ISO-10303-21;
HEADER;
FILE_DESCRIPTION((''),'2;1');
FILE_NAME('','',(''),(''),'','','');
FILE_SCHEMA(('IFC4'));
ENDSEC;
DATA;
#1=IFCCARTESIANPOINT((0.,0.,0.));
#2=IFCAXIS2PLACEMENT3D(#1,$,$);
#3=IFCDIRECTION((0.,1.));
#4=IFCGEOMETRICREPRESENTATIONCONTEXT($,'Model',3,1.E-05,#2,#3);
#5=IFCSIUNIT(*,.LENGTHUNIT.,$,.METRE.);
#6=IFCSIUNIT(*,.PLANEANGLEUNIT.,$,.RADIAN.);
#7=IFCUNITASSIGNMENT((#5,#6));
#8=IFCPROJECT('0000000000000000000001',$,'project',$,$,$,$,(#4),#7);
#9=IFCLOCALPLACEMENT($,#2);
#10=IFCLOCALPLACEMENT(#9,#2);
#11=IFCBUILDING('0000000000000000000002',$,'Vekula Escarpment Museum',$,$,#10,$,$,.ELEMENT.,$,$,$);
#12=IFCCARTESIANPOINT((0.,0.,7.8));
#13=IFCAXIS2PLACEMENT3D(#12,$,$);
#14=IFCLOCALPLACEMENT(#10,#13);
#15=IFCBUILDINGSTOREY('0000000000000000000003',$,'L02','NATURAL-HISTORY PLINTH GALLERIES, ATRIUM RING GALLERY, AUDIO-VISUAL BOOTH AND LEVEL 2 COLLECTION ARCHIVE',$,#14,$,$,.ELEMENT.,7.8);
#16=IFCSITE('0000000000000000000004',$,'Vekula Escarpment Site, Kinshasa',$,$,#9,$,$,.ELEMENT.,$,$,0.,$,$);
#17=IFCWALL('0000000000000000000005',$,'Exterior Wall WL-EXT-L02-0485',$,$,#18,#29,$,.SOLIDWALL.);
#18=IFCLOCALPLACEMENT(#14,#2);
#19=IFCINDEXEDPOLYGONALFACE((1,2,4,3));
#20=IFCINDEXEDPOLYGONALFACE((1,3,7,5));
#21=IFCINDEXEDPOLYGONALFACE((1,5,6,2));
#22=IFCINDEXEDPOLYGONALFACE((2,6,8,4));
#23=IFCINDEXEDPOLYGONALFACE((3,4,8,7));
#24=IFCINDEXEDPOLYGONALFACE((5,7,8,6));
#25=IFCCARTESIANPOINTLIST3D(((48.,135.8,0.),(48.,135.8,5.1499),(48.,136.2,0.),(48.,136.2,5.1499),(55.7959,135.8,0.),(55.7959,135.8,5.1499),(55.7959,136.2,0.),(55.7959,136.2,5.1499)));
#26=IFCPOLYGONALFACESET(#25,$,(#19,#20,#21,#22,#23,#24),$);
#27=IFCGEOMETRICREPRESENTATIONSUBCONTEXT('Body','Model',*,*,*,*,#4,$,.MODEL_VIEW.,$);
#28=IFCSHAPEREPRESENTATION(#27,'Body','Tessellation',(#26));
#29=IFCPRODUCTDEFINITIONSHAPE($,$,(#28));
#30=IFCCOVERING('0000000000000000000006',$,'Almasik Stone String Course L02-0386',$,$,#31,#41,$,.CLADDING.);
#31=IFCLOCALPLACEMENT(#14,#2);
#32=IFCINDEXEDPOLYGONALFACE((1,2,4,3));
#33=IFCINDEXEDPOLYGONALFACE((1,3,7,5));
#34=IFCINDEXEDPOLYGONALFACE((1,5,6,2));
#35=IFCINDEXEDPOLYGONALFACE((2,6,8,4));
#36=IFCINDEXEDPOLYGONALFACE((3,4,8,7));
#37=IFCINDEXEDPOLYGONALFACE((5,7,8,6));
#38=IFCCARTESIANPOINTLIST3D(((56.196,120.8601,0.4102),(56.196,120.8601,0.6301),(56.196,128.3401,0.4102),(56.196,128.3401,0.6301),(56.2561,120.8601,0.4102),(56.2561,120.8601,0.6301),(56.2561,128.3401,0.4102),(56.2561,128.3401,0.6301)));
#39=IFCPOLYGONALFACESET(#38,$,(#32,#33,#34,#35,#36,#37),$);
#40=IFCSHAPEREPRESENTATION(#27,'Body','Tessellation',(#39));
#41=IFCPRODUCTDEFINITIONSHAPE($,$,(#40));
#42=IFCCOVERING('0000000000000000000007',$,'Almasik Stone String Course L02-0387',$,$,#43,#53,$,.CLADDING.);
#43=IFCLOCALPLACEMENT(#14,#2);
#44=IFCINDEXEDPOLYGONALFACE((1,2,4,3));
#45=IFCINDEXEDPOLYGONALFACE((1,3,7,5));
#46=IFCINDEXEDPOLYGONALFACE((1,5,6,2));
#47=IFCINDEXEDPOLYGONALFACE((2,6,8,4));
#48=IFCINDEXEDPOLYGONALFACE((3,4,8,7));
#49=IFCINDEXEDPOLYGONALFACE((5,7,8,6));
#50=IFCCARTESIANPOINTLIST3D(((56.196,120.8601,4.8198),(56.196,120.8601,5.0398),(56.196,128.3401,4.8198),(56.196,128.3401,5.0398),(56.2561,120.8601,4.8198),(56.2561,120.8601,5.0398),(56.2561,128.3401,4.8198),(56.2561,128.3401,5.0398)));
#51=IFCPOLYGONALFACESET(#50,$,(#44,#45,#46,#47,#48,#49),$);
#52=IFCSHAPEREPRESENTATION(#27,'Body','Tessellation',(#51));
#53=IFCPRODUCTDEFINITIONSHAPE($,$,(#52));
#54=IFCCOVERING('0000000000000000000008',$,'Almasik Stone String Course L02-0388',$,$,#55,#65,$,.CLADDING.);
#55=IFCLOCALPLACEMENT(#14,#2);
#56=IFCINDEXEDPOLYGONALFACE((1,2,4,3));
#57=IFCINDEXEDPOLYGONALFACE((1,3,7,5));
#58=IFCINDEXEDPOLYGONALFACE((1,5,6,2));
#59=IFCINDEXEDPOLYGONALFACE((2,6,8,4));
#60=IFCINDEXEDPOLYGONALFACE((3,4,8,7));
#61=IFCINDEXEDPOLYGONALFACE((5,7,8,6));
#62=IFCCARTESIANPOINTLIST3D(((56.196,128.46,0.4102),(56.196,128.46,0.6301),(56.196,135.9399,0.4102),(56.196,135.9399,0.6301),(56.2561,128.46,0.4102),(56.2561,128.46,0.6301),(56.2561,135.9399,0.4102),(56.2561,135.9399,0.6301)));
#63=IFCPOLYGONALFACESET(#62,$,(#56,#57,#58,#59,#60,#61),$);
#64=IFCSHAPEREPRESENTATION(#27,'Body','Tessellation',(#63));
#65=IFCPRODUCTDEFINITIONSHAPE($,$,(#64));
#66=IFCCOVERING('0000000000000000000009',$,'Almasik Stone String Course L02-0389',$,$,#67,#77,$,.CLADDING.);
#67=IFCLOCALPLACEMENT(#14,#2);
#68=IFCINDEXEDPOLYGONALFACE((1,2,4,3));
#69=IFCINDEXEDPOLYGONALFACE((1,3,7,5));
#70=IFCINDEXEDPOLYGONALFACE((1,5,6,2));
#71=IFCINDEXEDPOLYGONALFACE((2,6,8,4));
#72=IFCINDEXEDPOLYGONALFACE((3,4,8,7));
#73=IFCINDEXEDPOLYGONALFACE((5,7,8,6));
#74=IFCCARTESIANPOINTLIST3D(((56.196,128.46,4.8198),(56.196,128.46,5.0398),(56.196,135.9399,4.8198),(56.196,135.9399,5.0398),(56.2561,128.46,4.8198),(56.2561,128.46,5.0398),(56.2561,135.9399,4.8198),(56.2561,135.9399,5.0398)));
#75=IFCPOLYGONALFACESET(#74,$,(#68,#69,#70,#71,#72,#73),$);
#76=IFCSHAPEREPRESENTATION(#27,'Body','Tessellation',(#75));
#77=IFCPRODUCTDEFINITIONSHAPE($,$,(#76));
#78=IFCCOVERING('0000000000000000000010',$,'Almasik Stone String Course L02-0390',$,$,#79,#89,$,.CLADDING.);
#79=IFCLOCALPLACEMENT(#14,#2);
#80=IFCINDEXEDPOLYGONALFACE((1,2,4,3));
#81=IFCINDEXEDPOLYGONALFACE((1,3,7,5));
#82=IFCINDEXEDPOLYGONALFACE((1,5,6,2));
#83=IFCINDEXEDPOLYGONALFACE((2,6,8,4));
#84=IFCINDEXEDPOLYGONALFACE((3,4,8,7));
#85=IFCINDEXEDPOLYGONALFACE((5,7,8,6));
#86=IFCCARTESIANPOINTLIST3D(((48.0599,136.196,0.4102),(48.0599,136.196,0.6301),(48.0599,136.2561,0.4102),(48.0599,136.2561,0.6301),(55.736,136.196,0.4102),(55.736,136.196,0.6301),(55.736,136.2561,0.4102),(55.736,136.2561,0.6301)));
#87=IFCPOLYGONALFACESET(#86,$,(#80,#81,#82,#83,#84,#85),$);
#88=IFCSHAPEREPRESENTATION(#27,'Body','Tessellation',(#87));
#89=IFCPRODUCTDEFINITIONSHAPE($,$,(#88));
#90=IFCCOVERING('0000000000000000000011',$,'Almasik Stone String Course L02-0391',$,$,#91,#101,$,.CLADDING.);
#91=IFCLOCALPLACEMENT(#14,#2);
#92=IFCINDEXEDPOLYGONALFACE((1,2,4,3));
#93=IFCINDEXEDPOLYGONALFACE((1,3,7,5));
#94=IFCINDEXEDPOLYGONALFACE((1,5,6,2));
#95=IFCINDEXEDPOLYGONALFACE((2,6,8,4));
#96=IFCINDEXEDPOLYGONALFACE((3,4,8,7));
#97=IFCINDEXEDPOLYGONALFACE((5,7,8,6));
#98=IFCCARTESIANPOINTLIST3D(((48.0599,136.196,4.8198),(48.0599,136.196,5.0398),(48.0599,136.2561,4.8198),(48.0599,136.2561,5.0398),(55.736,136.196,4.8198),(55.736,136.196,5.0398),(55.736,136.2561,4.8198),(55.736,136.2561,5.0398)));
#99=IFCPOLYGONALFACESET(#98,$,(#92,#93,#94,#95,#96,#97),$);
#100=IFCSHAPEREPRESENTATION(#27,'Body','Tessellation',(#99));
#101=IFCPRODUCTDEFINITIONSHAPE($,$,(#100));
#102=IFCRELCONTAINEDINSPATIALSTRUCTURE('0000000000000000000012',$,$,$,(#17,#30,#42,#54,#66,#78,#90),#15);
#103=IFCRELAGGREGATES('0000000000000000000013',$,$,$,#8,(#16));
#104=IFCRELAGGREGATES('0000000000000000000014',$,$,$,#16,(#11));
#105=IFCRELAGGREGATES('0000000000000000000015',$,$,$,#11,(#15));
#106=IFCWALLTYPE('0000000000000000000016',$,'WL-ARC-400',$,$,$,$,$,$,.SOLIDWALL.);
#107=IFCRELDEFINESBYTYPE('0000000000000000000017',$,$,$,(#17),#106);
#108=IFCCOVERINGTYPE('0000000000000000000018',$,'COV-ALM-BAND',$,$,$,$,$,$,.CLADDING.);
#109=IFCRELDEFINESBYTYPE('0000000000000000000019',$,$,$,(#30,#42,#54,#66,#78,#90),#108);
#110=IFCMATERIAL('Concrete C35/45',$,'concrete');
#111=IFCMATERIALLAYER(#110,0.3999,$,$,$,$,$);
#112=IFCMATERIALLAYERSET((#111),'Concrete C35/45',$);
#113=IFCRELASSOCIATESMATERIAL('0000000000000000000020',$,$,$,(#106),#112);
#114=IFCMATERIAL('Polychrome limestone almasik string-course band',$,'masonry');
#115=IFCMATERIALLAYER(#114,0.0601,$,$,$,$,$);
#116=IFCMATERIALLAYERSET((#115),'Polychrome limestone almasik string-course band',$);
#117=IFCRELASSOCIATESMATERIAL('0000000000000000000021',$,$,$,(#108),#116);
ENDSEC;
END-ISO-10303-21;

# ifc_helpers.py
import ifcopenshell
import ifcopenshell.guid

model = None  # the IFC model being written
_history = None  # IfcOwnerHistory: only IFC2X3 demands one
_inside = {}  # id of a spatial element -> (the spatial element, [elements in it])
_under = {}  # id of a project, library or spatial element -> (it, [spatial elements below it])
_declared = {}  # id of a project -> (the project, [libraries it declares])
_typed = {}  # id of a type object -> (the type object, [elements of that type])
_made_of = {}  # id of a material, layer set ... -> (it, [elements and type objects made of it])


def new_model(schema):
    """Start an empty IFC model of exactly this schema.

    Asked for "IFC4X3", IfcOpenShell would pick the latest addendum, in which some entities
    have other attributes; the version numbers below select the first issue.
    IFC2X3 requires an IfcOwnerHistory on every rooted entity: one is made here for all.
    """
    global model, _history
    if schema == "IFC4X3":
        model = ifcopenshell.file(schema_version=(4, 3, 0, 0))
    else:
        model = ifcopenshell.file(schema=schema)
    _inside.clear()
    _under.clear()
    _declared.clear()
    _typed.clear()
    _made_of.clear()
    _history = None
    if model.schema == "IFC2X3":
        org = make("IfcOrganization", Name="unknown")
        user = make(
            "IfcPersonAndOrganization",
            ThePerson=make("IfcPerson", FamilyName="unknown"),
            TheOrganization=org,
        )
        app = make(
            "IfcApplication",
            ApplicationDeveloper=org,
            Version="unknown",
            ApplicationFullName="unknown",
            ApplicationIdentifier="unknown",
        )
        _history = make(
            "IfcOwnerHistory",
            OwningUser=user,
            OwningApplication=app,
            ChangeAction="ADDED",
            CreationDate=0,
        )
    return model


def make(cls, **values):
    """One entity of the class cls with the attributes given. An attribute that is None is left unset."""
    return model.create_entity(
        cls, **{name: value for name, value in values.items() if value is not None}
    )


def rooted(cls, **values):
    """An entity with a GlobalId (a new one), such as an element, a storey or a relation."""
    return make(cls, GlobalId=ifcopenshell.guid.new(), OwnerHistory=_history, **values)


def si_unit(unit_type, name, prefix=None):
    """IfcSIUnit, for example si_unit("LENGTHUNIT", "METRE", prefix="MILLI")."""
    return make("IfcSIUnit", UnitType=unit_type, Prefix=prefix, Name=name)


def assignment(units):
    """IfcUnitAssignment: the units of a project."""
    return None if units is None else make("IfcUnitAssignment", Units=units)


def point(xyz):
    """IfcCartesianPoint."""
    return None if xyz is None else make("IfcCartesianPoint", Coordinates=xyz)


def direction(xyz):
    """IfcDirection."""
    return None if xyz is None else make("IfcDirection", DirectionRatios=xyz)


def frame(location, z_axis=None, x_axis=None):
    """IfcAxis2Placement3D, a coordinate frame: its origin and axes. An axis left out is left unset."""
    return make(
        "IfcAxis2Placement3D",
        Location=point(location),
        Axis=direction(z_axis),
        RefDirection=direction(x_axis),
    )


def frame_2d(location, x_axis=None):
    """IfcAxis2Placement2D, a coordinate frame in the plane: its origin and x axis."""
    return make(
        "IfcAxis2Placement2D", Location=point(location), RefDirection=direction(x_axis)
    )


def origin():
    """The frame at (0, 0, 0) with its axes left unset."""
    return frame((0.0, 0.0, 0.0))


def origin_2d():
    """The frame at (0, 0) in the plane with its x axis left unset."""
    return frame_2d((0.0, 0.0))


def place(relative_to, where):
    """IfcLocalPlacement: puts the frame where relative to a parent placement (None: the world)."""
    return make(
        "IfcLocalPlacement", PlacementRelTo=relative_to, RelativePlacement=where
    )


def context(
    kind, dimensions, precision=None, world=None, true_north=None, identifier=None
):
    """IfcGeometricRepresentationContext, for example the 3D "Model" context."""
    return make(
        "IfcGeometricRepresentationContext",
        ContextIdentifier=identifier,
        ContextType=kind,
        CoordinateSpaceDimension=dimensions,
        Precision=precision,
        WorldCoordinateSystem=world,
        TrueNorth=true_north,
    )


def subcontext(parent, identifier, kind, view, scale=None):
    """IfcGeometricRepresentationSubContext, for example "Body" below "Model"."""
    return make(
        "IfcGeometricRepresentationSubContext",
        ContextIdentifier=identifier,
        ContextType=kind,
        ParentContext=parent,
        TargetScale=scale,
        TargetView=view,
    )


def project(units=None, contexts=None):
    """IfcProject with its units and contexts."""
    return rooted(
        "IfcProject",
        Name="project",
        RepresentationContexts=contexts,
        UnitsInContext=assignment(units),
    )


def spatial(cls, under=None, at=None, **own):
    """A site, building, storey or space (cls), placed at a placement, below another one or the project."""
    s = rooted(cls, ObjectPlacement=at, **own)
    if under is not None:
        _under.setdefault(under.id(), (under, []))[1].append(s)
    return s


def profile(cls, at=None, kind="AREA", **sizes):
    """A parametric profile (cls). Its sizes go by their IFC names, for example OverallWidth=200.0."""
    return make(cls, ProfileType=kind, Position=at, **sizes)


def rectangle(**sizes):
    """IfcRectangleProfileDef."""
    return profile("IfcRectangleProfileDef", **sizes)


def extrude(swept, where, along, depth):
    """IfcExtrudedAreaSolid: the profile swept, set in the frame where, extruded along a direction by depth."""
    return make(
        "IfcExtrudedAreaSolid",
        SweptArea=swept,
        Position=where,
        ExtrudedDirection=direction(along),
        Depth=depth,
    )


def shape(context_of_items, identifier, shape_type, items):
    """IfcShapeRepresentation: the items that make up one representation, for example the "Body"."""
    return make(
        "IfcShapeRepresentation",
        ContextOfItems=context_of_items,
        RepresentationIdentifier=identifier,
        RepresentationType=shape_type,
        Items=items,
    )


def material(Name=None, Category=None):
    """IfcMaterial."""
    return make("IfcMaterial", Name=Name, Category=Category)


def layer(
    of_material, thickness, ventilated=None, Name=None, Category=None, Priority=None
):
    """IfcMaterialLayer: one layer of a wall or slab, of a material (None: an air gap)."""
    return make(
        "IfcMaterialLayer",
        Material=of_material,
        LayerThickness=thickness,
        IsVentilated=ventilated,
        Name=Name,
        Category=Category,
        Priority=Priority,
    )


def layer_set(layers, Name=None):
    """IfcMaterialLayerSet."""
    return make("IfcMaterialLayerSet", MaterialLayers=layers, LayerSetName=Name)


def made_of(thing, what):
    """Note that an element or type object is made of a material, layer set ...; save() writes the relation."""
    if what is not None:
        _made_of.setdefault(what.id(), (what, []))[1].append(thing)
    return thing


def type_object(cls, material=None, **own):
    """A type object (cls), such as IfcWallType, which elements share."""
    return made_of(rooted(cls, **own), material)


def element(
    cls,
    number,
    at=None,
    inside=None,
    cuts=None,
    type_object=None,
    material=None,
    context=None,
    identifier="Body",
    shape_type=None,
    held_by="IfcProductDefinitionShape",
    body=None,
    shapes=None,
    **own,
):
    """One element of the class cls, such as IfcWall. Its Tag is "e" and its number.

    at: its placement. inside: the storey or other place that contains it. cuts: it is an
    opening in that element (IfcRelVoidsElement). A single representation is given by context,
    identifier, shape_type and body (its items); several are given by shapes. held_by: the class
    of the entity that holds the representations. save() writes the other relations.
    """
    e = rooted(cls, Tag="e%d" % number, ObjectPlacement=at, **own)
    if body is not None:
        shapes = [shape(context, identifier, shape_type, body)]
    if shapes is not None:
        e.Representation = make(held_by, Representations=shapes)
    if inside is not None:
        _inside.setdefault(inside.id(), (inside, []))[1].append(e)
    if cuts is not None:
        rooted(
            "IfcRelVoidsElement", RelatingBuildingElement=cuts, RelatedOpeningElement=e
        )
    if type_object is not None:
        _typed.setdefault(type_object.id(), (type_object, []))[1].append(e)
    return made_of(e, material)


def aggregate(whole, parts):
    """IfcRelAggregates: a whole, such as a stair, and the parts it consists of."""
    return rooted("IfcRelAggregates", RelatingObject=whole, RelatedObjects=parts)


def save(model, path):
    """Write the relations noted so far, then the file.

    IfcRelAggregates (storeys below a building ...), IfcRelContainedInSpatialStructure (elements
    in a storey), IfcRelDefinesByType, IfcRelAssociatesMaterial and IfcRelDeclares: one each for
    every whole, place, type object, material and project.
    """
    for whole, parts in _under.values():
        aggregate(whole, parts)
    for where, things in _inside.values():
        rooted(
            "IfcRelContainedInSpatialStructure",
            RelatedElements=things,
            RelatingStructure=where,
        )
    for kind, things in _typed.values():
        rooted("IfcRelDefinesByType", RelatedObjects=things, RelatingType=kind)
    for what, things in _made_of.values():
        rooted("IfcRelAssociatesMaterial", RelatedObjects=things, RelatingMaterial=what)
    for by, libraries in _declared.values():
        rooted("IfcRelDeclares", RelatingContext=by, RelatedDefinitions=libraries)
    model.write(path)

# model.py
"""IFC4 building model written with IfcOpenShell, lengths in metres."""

from ifc_helpers import new_model, si_unit, direction, frame, frame_2d, origin, origin_2d, place, context, subcontext, project, spatial, rectangle, extrude, material, layer, layer_set, type_object, element, save


model = new_model("IFC4")

# Units and contexts
model_context = context("Model", 3, precision=1e-05, world=origin(), true_north=direction((0.0, 1.0)))
body_context = subcontext(model_context, "Body", "Model", "MODEL_VIEW")
ifc_project = project(units=[si_unit("LENGTHUNIT", "METRE"), si_unit("PLANEANGLEUNIT", "RADIAN")], contexts=[model_context])

# Site, building, storey
site_placement = place(None, origin())
site = spatial("IfcSite", under=ifc_project, at=site_placement, Name="Vekula Escarpment Site, Kinshasa", CompositionType="ELEMENT", RefElevation=0.0)
building_placement = place(site_placement, origin())
building = spatial("IfcBuilding", under=site, at=building_placement, Name="Vekula Escarpment Museum", CompositionType="ELEMENT")
storey_placement = place(building_placement, frame((0.0, 0.0, 7.8)))
storey = spatial("IfcBuildingStorey", under=building, at=storey_placement, Name="L02", Description="NATURAL-HISTORY PLINTH GALLERIES, ATRIUM RING GALLERY, AUDIO-VISUAL BOOTH AND LEVEL 2 COLLECTION ARCHIVE", CompositionType="ELEMENT", Elevation=7.8)

# Wall
ifc_material_1 = material(Name="Concrete C35/45", Category="concrete")
ifc_layer_1 = layer(ifc_material_1, 0.3999)
ifc_layer_set_1 = layer_set([ifc_layer_1], Name="Concrete C35/45")
wall_type = type_object("IfcWallType", Name="WL-ARC-400", PredefinedType="SOLIDWALL", material=ifc_layer_set_1)
wall_1_placement = place(storey_placement, frame((48.0, 136.0, 0.0), z_axis=(0.0, 0.0, 1.0), x_axis=(1.0, 0.0, 0.0)))
element("IfcWall", 1, at=wall_1_placement, inside=storey, type_object=wall_type, Name="Exterior Wall WL-EXT-L02-0485", PredefinedType="SOLIDWALL", context=body_context, shape_type="SweptSolid", body=[
    extrude(rectangle(XDim=7.7959, YDim=0.3999, at=frame_2d((3.8979, 0.0))), origin(), (0.0, 0.0, 1.0), 5.1499),
])

# Coverings
ifc_material_2 = material(Name="Polychrome limestone almasik string-course band", Category="masonry")
ifc_layer_2 = layer(ifc_material_2, 0.0601)
ifc_layer_set_2 = layer_set([ifc_layer_2], Name="Polychrome limestone almasik string-course band")
covering_type = type_object("IfcCoveringType", Name="COV-ALM-BAND", PredefinedType="CLADDING", material=ifc_layer_set_2)
for number, where, z_axis, x_axis, name in (
    (2, (56.2261, 124.6001, 0.4102), (0.0, 0.0, 1.0), (0.0, 1.0, 0.0), "Almasik Stone String Course L02-0386"),
    (3, (56.2261, 124.6001, 4.8198), (0.0, 0.0, 1.0), (0.0, 1.0, 0.0), "Almasik Stone String Course L02-0387"),
    (4, (56.2261, 132.2, 0.4102), (0.0, 0.0, 1.0), (0.0, 1.0, 0.0), "Almasik Stone String Course L02-0388"),
    (5, (56.2261, 132.2, 4.8198), (0.0, 0.0, 1.0), (0.0, 1.0, 0.0), "Almasik Stone String Course L02-0389"),
):
    element("IfcCovering", number, at=place(storey_placement, frame(where, z_axis=z_axis, x_axis=x_axis)), inside=storey, type_object=covering_type, Name=name, PredefinedType="CLADDING", context=body_context, shape_type="SweptSolid", body=[
        extrude(rectangle(XDim=7.48, YDim=0.0601, at=origin_2d()), origin(), (0.0, 0.0, 1.0), 0.22),
    ])
for number, where, z_axis, x_axis, name in (
    (6, (51.8979, 136.2261, 0.4102), (0.0, 0.0, 1.0), (1.0, 0.0, 0.0), "Almasik Stone String Course L02-0390"),
    (7, (51.8979, 136.2261, 4.8198), (0.0, 0.0, 1.0), (1.0, 0.0, 0.0), "Almasik Stone String Course L02-0391"),
):
    element("IfcCovering", number, at=place(storey_placement, frame(where, z_axis=z_axis, x_axis=x_axis)), inside=storey, type_object=covering_type, Name=name, PredefinedType="CLADDING", context=body_context, shape_type="SweptSolid", body=[
        extrude(rectangle(XDim=7.676, YDim=0.0601, at=origin_2d()), origin(), (0.0, 0.0, 1.0), 0.22),
    ])

save(model, "model.ifc")
